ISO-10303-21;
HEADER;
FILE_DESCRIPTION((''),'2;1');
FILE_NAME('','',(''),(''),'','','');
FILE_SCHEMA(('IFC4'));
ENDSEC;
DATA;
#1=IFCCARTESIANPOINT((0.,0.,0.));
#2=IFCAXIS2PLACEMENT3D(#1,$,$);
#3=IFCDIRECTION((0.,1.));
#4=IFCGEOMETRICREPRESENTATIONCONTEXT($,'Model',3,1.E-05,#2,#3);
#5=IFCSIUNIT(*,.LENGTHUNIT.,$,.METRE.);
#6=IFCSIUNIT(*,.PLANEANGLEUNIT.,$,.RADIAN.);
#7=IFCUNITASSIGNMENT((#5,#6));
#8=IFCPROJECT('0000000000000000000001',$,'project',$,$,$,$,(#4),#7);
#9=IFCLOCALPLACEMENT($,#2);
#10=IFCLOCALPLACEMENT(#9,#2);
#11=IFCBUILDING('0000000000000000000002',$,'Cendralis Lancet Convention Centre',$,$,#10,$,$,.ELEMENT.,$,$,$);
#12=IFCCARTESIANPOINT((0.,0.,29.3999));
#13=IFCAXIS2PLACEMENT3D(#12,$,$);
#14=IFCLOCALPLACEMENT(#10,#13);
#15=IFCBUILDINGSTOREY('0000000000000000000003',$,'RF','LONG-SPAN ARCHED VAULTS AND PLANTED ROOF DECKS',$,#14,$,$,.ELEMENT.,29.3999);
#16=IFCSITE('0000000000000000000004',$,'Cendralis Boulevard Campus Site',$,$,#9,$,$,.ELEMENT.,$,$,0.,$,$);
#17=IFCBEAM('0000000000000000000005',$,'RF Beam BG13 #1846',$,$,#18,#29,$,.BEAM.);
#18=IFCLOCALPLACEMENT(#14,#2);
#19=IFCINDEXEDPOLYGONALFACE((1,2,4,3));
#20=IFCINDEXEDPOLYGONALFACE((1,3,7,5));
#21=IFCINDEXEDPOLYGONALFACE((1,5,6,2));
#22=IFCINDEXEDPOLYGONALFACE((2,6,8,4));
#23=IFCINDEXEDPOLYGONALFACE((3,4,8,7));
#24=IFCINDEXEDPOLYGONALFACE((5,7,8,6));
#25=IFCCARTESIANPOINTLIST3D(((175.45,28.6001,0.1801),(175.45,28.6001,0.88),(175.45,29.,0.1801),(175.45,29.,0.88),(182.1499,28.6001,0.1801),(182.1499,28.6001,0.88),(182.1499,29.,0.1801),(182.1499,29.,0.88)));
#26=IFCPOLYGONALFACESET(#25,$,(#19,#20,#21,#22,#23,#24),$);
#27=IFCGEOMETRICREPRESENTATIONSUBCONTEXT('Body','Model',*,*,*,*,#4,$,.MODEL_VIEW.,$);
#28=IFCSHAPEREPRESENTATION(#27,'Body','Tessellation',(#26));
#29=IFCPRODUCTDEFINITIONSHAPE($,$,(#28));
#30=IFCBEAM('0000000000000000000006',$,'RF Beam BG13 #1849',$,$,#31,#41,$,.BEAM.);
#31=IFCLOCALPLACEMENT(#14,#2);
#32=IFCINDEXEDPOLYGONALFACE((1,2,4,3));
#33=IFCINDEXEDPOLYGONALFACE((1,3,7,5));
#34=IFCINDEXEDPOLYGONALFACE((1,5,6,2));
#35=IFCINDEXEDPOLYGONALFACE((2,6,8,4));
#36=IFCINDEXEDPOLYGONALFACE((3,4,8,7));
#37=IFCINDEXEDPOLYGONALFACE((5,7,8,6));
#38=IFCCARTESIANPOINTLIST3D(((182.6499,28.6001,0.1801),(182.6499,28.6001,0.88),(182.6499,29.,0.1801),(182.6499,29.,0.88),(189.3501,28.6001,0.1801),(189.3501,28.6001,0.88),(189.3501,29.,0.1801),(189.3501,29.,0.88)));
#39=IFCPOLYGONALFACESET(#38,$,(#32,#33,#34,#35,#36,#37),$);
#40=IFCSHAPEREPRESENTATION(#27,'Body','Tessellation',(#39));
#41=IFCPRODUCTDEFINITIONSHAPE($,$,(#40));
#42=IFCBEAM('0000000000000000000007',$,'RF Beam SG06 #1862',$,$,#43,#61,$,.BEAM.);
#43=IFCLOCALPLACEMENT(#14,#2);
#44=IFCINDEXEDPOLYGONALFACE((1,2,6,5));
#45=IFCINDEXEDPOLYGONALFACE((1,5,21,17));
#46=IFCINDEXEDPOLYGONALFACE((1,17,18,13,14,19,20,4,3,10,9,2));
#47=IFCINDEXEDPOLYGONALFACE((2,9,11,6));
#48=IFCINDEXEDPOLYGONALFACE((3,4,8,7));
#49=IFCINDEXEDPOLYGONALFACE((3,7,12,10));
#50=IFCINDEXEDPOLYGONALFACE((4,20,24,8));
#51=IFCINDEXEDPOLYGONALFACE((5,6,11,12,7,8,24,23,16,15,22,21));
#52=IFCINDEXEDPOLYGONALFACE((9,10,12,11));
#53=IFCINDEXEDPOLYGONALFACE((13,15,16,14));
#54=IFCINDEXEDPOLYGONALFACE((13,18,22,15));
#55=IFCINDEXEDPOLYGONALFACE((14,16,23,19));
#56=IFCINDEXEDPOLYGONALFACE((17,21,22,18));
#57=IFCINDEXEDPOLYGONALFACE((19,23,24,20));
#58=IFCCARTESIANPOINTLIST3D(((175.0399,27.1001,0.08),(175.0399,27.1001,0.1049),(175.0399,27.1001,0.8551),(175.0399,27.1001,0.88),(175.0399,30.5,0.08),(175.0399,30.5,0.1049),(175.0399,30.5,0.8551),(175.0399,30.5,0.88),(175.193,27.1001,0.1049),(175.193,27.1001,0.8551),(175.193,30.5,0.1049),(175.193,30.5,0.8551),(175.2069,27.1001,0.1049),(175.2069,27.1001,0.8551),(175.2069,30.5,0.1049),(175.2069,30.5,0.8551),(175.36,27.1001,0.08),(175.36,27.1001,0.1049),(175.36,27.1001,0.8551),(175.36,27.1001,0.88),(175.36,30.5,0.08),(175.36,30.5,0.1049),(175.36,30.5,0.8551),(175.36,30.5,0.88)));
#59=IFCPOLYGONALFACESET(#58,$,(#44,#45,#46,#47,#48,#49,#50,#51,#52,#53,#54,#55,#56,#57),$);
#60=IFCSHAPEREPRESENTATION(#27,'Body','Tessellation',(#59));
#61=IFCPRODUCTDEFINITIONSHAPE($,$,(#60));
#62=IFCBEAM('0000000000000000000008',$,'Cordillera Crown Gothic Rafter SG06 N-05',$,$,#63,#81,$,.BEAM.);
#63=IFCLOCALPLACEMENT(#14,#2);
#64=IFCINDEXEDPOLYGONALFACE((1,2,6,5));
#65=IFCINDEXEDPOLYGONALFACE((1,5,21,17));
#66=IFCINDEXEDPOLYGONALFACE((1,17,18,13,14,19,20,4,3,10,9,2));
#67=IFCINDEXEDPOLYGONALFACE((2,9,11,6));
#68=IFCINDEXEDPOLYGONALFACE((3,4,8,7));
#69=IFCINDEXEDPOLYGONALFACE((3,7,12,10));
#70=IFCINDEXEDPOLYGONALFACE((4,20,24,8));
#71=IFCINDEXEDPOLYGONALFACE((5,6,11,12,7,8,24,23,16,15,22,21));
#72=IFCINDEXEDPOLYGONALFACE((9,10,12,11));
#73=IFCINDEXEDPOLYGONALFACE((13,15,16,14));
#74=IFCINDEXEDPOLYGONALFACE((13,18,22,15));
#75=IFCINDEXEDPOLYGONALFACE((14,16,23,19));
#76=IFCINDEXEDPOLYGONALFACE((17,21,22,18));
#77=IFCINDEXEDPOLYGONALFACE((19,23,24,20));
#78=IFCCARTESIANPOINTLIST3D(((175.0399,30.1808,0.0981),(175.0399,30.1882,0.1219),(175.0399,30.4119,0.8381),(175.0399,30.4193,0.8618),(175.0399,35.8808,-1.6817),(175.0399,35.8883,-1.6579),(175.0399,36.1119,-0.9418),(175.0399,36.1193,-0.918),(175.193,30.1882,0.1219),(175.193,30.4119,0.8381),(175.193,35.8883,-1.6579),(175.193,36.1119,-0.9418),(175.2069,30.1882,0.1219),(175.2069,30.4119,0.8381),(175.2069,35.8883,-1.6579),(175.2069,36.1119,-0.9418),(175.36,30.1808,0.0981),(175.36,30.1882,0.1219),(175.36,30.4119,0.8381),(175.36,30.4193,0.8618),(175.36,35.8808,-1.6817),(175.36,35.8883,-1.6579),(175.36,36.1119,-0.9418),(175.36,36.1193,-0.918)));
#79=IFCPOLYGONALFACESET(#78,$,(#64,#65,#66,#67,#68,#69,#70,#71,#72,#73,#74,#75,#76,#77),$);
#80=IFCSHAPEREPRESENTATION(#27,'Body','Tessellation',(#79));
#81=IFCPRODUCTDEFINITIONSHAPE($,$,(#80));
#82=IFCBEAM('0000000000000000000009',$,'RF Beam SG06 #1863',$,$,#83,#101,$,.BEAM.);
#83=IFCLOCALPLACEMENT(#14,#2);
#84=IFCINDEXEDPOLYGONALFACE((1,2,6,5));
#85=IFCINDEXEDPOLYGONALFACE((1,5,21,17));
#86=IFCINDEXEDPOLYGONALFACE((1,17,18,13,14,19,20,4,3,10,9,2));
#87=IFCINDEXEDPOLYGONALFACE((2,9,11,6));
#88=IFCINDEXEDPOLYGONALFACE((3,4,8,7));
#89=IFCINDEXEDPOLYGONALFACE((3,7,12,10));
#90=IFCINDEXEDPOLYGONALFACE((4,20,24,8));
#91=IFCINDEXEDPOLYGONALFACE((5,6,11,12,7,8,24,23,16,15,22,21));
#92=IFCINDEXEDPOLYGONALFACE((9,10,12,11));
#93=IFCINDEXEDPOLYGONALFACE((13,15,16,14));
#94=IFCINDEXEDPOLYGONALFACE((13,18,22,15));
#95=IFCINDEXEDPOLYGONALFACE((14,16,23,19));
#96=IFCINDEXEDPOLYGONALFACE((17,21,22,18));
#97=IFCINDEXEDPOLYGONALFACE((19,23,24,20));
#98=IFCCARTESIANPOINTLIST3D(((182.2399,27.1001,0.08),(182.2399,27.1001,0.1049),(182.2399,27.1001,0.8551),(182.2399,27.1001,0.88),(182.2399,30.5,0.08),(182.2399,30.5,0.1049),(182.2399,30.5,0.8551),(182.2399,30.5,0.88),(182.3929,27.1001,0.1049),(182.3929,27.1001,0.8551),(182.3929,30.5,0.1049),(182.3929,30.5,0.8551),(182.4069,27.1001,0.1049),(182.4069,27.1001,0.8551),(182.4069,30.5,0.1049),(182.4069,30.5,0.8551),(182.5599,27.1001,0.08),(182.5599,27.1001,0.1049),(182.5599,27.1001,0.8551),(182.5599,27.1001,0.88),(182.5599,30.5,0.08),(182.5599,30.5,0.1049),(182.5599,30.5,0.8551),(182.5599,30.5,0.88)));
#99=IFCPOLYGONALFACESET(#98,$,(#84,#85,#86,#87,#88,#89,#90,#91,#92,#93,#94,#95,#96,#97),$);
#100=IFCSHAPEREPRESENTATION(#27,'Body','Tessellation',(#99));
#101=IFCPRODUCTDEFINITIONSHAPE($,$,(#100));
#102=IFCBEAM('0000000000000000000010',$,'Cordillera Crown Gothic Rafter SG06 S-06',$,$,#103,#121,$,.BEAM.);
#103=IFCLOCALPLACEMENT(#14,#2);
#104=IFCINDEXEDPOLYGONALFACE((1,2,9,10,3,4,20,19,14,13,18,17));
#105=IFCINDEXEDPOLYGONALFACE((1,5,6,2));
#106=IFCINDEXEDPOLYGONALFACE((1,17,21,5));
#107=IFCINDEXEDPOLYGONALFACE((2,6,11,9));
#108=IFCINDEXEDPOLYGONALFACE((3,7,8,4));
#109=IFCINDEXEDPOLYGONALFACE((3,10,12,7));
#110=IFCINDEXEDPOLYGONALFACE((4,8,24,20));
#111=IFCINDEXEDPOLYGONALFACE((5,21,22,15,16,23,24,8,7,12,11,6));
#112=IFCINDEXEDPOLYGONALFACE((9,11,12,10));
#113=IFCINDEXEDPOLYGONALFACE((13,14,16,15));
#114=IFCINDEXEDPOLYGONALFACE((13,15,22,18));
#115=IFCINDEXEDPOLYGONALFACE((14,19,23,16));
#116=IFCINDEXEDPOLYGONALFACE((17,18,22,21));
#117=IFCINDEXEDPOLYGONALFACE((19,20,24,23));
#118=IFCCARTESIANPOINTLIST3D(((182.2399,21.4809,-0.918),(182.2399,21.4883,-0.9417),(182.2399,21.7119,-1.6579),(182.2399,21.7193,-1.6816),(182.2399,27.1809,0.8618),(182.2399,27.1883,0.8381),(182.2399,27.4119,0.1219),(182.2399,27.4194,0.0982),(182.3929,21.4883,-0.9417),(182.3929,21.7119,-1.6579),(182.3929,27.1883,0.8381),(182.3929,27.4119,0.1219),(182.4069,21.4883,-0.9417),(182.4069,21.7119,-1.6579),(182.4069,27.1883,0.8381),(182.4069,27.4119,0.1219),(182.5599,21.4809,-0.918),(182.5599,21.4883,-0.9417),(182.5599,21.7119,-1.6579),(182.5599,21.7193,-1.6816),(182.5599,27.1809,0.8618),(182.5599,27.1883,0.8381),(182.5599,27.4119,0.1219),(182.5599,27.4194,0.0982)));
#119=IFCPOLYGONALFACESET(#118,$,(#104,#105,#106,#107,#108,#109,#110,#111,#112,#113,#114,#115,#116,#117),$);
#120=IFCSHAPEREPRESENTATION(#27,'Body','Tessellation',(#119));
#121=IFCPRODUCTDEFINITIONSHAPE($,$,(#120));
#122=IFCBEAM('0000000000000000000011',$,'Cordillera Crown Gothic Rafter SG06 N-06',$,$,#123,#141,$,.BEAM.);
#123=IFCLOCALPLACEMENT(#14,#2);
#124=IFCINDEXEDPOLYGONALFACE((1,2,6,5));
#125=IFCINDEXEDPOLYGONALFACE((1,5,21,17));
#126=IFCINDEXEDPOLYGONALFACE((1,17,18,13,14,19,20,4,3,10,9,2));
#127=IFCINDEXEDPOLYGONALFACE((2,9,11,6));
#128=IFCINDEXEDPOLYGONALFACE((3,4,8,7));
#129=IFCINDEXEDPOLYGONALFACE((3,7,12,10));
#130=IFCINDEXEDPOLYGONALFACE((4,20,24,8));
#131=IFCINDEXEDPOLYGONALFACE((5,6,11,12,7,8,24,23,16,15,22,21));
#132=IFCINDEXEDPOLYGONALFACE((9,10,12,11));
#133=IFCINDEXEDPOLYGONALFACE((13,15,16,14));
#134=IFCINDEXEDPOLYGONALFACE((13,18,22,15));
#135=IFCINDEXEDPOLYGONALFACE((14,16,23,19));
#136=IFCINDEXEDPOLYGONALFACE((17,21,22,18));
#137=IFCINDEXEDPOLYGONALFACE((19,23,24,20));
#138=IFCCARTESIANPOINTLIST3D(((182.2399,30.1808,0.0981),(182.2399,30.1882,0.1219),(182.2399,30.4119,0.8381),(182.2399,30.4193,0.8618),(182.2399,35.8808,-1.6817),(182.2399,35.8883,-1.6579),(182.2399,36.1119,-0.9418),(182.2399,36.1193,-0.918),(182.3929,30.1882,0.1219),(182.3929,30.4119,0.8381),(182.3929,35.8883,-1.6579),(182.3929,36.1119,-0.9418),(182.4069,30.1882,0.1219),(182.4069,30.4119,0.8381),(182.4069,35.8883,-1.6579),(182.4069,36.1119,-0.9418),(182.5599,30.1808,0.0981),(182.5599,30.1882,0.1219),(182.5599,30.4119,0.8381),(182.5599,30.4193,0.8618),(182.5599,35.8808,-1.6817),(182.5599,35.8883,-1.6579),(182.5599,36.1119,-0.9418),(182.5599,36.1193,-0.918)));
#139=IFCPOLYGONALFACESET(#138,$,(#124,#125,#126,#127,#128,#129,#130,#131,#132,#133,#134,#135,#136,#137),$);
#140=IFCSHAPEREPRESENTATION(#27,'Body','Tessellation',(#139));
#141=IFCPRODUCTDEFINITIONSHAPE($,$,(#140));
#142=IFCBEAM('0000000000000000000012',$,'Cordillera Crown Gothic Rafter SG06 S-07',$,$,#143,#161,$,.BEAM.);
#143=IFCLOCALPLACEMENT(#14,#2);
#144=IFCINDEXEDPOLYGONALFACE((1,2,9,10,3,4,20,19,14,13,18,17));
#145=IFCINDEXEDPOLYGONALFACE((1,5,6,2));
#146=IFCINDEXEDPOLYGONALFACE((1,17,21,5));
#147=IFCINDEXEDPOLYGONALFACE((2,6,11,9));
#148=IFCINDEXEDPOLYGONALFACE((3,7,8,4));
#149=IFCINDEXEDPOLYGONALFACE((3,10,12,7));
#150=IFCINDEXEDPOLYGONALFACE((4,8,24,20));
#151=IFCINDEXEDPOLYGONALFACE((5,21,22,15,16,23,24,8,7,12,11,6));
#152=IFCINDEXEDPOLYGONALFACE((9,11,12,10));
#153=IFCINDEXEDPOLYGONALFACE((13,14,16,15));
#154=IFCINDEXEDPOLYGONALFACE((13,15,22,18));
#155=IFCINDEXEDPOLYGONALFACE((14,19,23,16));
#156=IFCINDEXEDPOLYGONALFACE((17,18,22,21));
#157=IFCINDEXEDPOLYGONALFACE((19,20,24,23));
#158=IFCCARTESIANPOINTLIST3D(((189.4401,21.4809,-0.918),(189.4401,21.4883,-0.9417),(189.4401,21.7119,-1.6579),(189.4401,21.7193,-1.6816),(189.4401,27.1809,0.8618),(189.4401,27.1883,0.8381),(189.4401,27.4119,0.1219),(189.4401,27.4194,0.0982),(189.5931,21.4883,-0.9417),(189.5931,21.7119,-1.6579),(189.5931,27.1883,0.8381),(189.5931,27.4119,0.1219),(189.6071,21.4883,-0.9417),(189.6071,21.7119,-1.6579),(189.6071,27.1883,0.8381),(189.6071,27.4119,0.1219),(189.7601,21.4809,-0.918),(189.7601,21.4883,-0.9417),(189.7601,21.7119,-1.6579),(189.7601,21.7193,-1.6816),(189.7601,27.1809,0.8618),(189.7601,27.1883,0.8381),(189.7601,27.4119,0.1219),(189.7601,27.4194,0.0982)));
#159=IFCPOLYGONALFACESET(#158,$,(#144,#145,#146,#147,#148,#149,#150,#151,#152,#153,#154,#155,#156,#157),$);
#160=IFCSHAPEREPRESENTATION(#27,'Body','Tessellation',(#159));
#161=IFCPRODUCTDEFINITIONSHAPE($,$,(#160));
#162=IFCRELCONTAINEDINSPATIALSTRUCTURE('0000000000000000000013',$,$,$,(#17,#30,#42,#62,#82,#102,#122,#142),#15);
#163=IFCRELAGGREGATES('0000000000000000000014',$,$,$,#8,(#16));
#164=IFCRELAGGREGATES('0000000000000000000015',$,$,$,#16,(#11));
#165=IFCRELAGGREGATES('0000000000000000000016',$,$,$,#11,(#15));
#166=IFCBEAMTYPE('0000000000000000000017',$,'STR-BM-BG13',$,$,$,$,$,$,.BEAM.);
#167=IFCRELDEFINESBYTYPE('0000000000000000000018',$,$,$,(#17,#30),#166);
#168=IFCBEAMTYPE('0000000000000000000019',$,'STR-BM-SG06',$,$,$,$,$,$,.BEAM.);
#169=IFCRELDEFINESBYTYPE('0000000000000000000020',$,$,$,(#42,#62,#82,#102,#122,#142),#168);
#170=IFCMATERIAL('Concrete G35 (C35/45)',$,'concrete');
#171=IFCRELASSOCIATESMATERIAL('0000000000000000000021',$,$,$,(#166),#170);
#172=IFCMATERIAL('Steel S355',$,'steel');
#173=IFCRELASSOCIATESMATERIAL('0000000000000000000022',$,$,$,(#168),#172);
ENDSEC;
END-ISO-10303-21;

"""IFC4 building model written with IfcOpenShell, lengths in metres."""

from ifc_helpers import new_model, si_unit, direction, frame, origin, origin_2d, place, context, subcontext, project, spatial, rectangle, i_section, extrude, material, material_profile, profile_set, type_object, element, save


model = new_model("IFC4")

# Units and contexts
model_context = context("Model", 3, precision=1e-05, world=origin(), true_north=direction((0.0, 1.0)))
body_context = subcontext(model_context, "Body", "Model", "MODEL_VIEW")
ifc_project = project(units=[si_unit("LENGTHUNIT", "METRE"), si_unit("PLANEANGLEUNIT", "RADIAN")], contexts=[model_context])

# Site, building, storey
site_placement = place(None, origin())
site = spatial("IfcSite", under=ifc_project, at=site_placement, Name="Cendralis Boulevard Campus Site", CompositionType="ELEMENT", RefElevation=0.0)
building_placement = place(site_placement, origin())
building = spatial("IfcBuilding", under=site, at=building_placement, Name="Cendralis Lancet Convention Centre", CompositionType="ELEMENT")
storey_placement = place(building_placement, frame((0.0, 0.0, 29.3999)))
storey = spatial("IfcBuildingStorey", under=building, at=storey_placement, Name="RF", Description="LONG-SPAN ARCHED VAULTS AND PLANTED ROOF DECKS", CompositionType="ELEMENT", Elevation=29.3999)

# Beams
ifc_material_1 = material(Name="Concrete G35 (C35/45)", Category="concrete")
ifc_material_profile_1 = material_profile(ifc_material_1, rectangle(XDim=0.3999, YDim=0.7, at=origin_2d()), Name="RCB 400x700")
ifc_profile_set_1 = profile_set([ifc_material_profile_1], Name="Concrete G35 (C35/45)")
beam_type_1 = type_object("IfcBeamType", Name="STR-BM-BG13", PredefinedType="BEAM", material=ifc_profile_set_1)
beam_1_placement = place(storey_placement, frame((175.45, 28.8, 0.53), z_axis=(1.0, 0.0, 0.0), x_axis=(0.0, 1.0, 0.0)))
element("IfcBeam", 1, at=beam_1_placement, inside=storey, type_object=beam_type_1, Name="RF Beam BG13 #1846", PredefinedType="BEAM", context=body_context, shape_type="SweptSolid", body=[
    extrude(rectangle(XDim=0.3999, YDim=0.7, at=origin_2d()), origin(), (0.0, 0.0, 1.0), 6.7),
])
beam_2_placement = place(storey_placement, frame((182.6499, 28.8, 0.53), z_axis=(1.0, 0.0, 0.0), x_axis=(0.0, 1.0, 0.0)))
element("IfcBeam", 2, at=beam_2_placement, inside=storey, type_object=beam_type_1, Name="RF Beam BG13 #1849", PredefinedType="BEAM", context=body_context, shape_type="SweptSolid", body=[
    extrude(rectangle(XDim=0.3999, YDim=0.7, at=origin_2d()), origin(), (0.0, 0.0, 1.0), 6.7002),
])
ifc_material_2 = material(Name="Steel S355", Category="steel")
ifc_material_profile_2 = material_profile(ifc_material_2, i_section(OverallWidth=0.3201, OverallDepth=0.8, WebThickness=0.0139, FlangeThickness=0.0249, at=origin_2d()), Name="PG 800x320")
ifc_profile_set_2 = profile_set([ifc_material_profile_2], Name="Steel S355")
beam_type_2 = type_object("IfcBeamType", Name="STR-BM-SG06", PredefinedType="BEAM", material=ifc_profile_set_2)
beam_3_placement = place(storey_placement, frame((175.2, 27.1001, 0.48), z_axis=(0.0, 1.0, 0.0), x_axis=(-1.0, 0.0, 0.0)))
element("IfcBeam", 3, at=beam_3_placement, inside=storey, type_object=beam_type_2, Name="RF Beam SG06 #1862", PredefinedType="BEAM", context=body_context, shape_type="SweptSolid", body=[
    extrude(i_section(OverallWidth=0.3201, OverallDepth=0.8, WebThickness=0.0139, FlangeThickness=0.0249, at=origin_2d()), origin(), (0.0, 0.0, 1.0), 3.3999),
])
beam_4_placement = place(storey_placement, frame((175.2, 30.3, 0.48), z_axis=(0.0, 0.954549, -0.298054), x_axis=(-1.0, 0.0, 0.0)))
element("IfcBeam", 4, at=beam_4_placement, inside=storey, type_object=beam_type_2, Name="Cordillera Crown Gothic Rafter SG06 N-05", PredefinedType="BEAM", context=body_context, shape_type="SweptSolid", body=[
    extrude(i_section(OverallWidth=0.3201, OverallDepth=0.8, WebThickness=0.0139, FlangeThickness=0.0249, at=origin_2d()), origin(), (0.0, 0.0, 1.0), 5.9714),
])
beam_5_placement = place(storey_placement, frame((182.3999, 27.1001, 0.48), z_axis=(0.0, 1.0, 0.0), x_axis=(-1.0, 0.0, 0.0)))
element("IfcBeam", 5, at=beam_5_placement, inside=storey, type_object=beam_type_2, Name="RF Beam SG06 #1863", PredefinedType="BEAM", context=body_context, shape_type="SweptSolid", body=[
    extrude(i_section(OverallWidth=0.3201, OverallDepth=0.8, WebThickness=0.0139, FlangeThickness=0.0249, at=origin_2d()), origin(), (0.0, 0.0, 1.0), 3.3999),
])
for number, where, z_axis, x_axis, name in (
    (6, (182.3999, 21.6001, -1.2998), (0.0, 0.954549, 0.298054), (-1.0, 0.0, 0.0), "Cordillera Crown Gothic Rafter SG06 S-06"),
    (7, (182.3999, 30.3, 0.48), (0.0, 0.954549, -0.298054), (-1.0, 0.0, 0.0), "Cordillera Crown Gothic Rafter SG06 N-06"),
    (8, (189.6001, 21.6001, -1.2998), (0.0, 0.954549, 0.298054), (-1.0, 0.0, 0.0), "Cordillera Crown Gothic Rafter SG06 S-07"),
):
    element("IfcBeam", number, at=place(storey_placement, frame(where, z_axis=z_axis, x_axis=x_axis)), inside=storey, type_object=beam_type_2, Name=name, PredefinedType="BEAM", context=body_context, shape_type="SweptSolid", body=[
        extrude(i_section(OverallWidth=0.3201, OverallDepth=0.8, WebThickness=0.0139, FlangeThickness=0.0249, at=origin_2d()), origin(), (0.0, 0.0, 1.0), 5.9714),
    ])

save(model, "model.ifc")
